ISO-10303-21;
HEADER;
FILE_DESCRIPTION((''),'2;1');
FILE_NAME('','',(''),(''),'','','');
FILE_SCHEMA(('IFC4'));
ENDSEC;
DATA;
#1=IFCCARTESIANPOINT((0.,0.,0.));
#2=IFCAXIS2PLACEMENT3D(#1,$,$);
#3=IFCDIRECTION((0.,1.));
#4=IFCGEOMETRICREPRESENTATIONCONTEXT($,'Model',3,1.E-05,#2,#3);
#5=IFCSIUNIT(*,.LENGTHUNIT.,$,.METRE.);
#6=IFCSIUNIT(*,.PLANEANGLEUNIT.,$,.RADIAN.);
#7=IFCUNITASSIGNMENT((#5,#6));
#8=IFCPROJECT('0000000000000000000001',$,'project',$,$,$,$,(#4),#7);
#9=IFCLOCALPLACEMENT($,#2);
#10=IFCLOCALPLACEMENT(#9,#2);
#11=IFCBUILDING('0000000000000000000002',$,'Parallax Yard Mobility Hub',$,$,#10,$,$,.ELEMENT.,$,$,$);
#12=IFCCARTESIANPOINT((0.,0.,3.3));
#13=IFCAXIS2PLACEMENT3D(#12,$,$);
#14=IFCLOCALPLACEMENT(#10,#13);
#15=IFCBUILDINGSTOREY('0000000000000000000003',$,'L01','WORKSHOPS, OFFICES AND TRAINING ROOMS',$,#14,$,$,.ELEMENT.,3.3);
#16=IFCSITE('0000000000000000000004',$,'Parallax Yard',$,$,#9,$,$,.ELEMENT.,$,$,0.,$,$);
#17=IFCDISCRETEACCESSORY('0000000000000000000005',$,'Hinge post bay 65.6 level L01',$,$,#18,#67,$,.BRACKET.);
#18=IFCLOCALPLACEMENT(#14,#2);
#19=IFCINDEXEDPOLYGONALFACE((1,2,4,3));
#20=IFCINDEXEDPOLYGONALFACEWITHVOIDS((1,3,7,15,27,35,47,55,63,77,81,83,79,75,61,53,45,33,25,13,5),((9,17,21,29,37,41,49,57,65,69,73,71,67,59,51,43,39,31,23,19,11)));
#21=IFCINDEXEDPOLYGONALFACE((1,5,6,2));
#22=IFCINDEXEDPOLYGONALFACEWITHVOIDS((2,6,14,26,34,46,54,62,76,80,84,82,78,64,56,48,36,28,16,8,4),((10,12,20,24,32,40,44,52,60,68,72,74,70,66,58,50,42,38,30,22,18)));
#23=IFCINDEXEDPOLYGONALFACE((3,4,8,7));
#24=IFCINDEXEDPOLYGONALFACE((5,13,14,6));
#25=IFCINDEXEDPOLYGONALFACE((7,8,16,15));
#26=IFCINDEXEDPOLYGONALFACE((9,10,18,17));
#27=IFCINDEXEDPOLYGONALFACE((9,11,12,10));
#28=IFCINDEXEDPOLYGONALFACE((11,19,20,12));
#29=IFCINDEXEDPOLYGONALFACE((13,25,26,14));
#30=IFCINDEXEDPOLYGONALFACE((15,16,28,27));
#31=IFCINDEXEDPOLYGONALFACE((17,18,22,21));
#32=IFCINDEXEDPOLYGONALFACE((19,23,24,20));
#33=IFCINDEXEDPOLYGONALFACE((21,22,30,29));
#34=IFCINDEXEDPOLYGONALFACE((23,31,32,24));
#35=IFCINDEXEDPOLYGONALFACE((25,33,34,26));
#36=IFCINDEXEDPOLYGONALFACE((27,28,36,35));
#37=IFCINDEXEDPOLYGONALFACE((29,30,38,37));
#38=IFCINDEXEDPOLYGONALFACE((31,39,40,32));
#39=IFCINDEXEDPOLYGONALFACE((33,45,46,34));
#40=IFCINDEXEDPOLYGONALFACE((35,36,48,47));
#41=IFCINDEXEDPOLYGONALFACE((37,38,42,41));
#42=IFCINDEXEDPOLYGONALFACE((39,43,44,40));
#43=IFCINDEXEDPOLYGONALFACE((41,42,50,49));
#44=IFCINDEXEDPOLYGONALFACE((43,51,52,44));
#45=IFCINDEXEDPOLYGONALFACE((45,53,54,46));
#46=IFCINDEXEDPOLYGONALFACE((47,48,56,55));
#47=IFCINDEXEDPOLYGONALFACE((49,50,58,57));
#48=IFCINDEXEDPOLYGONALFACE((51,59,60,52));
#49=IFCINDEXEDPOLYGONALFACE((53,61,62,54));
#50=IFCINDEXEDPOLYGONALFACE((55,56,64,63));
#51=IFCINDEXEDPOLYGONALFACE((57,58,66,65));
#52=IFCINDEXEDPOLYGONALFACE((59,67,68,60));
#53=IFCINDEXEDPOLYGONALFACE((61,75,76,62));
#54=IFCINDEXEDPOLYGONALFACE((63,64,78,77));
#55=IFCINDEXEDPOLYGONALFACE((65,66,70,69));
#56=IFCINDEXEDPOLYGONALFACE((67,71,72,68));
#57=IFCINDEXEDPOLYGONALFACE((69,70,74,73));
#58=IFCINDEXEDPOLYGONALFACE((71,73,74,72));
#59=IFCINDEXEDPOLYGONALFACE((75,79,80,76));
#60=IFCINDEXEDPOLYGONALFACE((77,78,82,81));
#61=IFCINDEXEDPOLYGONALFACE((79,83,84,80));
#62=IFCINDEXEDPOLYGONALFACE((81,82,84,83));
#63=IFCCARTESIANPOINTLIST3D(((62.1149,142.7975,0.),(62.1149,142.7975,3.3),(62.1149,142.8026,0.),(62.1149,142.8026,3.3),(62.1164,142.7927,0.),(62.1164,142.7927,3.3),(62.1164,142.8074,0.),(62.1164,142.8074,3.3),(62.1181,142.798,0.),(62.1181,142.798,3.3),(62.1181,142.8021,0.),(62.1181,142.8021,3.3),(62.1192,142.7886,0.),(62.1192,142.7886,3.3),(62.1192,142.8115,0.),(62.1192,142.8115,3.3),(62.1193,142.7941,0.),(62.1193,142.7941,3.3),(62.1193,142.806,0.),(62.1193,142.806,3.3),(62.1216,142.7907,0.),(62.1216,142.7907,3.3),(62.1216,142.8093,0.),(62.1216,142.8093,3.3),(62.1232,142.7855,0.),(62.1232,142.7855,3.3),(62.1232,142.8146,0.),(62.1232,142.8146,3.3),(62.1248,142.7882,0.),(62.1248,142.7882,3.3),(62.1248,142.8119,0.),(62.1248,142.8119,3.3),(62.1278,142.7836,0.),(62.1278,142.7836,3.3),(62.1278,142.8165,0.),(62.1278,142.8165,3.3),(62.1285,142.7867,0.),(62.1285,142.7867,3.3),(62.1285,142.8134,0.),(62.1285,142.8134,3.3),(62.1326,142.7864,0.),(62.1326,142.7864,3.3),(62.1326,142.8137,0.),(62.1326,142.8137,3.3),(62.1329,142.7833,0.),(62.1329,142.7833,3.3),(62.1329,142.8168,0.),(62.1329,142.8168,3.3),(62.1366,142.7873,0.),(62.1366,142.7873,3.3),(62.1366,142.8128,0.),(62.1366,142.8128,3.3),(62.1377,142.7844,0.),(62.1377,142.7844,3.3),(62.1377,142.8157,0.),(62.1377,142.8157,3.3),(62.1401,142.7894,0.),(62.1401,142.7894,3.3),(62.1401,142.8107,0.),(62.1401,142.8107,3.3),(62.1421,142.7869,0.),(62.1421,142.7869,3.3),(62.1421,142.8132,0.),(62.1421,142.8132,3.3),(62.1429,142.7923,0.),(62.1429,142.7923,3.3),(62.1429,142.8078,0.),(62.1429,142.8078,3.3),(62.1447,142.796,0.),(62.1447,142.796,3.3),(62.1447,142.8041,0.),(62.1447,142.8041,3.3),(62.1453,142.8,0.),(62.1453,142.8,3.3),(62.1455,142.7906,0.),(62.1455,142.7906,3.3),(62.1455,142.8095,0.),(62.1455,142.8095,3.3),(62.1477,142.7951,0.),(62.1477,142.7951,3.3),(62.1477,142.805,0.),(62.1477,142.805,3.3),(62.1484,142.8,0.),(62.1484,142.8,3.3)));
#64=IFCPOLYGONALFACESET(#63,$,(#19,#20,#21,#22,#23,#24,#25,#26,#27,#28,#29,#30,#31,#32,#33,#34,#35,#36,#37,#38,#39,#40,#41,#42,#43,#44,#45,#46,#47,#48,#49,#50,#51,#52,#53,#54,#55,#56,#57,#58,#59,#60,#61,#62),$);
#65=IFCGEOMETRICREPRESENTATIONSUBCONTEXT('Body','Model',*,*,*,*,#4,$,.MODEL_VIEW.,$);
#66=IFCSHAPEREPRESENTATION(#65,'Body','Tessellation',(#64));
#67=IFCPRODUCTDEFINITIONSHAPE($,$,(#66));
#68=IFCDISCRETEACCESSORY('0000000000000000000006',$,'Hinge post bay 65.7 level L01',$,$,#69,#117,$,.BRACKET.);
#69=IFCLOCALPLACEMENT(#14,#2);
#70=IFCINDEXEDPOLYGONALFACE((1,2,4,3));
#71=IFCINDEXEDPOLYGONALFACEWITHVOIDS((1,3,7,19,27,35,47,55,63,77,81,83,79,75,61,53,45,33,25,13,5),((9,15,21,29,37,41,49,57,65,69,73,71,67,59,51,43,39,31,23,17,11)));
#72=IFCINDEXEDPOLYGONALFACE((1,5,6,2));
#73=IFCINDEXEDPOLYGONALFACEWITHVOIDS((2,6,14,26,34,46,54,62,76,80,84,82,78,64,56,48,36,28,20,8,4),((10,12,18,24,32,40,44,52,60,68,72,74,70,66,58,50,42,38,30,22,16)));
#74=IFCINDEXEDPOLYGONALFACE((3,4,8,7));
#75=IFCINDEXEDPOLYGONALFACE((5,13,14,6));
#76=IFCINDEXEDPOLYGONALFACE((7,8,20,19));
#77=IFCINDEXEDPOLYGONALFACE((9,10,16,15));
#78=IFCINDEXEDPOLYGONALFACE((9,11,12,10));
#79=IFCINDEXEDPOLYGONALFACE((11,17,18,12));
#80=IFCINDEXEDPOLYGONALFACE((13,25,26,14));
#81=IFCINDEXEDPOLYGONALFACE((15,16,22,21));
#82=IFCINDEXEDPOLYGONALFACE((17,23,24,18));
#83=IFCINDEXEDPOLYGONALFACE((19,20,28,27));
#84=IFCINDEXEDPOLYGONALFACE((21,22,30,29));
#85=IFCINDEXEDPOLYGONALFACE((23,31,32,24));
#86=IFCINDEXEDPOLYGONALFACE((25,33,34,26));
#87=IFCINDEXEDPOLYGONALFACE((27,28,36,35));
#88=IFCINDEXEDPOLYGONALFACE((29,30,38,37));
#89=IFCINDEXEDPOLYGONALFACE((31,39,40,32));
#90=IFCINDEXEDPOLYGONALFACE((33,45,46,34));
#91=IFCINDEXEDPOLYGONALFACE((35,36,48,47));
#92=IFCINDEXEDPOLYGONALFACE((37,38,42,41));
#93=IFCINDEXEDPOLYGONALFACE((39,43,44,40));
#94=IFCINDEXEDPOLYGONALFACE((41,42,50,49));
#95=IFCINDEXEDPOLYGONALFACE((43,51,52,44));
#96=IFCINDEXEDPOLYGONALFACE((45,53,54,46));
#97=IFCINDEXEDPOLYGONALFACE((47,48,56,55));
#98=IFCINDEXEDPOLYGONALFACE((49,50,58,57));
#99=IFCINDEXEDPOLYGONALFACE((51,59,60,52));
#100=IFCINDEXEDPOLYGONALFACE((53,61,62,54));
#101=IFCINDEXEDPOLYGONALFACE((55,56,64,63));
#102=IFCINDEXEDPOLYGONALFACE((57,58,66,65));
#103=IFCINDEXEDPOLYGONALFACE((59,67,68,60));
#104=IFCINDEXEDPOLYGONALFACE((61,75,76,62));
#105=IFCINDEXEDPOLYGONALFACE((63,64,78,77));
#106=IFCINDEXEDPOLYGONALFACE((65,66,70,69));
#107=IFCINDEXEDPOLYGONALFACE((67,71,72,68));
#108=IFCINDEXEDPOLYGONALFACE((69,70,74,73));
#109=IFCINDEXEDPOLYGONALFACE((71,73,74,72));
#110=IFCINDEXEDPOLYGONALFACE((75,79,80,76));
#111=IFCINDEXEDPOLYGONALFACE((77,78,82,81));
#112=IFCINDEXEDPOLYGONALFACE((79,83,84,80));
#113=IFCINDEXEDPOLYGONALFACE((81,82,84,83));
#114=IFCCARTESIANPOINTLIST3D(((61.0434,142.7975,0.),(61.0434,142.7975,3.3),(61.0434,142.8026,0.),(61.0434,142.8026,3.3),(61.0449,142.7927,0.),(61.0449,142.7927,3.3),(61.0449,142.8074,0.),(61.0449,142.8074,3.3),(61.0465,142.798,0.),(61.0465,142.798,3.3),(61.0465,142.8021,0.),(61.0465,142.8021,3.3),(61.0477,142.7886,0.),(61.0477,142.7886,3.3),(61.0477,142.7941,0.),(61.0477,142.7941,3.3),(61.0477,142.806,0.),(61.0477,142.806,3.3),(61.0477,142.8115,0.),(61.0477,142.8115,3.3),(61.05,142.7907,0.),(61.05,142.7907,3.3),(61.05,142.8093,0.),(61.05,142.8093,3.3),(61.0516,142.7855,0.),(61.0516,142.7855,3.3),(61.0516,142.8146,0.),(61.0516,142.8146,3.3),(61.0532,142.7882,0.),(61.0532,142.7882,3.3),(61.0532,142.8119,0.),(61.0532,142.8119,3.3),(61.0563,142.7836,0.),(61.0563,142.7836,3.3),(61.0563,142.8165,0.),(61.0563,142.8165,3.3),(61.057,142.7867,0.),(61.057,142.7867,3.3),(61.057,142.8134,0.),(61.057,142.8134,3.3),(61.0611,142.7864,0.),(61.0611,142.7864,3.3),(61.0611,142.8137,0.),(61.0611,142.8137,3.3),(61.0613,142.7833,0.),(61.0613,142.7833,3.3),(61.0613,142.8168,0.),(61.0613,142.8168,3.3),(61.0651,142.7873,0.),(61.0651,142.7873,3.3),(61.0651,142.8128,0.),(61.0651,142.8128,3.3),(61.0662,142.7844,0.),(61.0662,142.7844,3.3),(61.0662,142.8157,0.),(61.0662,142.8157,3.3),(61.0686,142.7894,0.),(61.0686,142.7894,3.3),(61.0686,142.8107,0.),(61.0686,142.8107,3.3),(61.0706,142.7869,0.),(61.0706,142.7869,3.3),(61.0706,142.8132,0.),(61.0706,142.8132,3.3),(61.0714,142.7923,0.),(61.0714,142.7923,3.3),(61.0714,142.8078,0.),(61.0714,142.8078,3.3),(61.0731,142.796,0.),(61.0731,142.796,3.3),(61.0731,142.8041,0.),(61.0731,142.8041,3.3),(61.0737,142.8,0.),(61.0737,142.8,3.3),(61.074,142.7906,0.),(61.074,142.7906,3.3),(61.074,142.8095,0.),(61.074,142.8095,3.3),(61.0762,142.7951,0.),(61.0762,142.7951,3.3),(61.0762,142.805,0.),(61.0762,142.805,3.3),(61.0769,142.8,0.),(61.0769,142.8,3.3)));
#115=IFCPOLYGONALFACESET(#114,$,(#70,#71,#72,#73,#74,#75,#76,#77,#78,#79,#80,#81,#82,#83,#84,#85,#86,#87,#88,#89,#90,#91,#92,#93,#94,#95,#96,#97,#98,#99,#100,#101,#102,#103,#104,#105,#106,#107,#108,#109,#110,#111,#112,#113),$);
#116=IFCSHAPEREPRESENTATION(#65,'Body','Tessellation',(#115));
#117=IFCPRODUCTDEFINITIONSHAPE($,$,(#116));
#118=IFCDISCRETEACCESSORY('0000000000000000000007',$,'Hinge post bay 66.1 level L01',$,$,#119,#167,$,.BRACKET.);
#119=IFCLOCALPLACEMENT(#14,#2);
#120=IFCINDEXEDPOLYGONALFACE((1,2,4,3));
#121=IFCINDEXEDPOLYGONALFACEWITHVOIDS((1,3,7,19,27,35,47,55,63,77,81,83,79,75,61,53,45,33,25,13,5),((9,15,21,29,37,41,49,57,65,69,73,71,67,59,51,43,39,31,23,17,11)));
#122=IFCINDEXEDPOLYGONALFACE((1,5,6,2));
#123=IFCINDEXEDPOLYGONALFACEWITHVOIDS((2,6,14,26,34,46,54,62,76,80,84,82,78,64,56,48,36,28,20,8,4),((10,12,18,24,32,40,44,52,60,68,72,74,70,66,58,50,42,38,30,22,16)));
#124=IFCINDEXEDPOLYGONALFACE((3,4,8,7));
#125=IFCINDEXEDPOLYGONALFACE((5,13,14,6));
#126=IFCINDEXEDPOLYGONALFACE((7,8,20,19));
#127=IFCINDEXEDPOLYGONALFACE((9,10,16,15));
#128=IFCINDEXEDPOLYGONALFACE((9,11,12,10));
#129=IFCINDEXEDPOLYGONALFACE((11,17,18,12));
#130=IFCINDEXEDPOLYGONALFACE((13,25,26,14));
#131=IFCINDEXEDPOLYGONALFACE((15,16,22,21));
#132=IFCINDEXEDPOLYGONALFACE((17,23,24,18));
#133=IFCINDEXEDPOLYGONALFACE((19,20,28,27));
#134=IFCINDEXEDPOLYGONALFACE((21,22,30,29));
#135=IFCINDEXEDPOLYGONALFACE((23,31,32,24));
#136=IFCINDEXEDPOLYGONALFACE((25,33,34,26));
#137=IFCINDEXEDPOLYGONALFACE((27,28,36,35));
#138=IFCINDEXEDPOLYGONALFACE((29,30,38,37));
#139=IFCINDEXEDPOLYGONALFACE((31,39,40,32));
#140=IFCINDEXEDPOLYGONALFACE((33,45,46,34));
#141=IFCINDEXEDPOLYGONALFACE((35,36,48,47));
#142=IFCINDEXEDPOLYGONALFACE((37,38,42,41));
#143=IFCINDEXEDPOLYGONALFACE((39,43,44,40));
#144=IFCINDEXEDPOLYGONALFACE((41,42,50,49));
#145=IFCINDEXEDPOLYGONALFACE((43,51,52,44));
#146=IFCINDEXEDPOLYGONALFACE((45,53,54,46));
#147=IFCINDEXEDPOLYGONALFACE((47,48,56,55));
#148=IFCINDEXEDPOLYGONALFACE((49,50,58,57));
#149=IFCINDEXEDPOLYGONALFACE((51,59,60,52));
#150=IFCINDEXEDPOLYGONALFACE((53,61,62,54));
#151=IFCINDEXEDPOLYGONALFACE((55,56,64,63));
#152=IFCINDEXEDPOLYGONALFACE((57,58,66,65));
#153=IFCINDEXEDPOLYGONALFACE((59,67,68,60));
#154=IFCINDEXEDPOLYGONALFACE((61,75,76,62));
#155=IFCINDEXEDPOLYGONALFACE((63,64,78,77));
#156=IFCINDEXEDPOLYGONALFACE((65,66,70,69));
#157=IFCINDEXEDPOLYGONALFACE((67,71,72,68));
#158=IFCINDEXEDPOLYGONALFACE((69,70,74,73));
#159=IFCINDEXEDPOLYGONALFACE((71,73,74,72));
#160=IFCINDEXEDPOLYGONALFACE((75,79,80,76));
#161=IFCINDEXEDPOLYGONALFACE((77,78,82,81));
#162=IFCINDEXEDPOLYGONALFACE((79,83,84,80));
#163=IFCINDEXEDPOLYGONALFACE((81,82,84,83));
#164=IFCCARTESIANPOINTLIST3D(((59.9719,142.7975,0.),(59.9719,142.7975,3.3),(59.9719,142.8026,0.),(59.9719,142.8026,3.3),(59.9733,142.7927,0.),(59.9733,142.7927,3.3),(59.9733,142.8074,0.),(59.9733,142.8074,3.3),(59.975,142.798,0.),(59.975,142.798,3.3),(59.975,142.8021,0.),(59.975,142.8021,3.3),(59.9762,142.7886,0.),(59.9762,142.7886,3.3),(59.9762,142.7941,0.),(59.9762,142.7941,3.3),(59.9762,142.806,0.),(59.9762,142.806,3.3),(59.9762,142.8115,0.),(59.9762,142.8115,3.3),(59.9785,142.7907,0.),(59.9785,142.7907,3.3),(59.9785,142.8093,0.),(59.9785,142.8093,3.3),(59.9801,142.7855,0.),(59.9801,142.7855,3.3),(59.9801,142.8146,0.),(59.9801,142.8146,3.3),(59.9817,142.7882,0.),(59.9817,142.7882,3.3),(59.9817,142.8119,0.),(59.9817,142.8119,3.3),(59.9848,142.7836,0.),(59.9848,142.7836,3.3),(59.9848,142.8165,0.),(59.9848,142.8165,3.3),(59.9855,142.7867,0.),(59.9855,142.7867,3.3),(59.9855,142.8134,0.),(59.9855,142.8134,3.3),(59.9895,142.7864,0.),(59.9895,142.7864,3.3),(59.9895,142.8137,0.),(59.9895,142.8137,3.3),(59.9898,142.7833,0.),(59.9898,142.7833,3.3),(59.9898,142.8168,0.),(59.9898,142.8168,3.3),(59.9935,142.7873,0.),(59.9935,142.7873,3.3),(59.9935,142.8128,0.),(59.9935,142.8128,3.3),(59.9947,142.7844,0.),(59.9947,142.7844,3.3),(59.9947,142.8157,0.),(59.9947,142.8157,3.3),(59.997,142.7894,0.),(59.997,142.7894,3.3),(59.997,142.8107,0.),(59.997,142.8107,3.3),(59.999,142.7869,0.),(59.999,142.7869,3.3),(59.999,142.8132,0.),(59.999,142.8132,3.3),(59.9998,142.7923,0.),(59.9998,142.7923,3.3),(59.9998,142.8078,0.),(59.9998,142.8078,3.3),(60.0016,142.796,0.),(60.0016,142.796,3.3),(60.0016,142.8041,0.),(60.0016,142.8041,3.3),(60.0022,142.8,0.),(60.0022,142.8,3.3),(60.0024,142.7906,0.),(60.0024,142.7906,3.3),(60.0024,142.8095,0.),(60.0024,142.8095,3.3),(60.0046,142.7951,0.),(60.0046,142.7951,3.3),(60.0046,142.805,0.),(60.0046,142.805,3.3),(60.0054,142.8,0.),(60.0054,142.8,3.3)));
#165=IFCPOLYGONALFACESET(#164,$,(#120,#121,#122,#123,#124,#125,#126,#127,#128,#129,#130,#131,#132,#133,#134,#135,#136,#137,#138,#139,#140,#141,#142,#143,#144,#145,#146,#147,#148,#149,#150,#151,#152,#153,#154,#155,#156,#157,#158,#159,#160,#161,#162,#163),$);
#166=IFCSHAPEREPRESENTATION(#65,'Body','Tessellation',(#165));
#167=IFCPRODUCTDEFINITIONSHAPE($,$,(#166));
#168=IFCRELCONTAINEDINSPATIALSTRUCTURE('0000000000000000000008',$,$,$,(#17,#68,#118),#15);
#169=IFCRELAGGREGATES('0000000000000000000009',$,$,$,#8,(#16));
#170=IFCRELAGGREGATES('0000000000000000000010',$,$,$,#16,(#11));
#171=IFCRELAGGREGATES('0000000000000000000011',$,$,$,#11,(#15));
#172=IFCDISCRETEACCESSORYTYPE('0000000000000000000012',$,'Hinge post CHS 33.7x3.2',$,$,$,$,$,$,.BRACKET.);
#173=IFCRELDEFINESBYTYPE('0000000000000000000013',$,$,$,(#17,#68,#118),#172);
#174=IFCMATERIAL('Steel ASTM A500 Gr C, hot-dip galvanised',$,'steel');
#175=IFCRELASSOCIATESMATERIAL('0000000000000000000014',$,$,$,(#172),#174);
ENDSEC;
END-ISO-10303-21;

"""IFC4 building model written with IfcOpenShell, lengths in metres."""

from ifc_helpers import new_model, si_unit, direction, frame, origin, origin_2d, place, context, subcontext, project, spatial, hollow_circle, extrude, material, material_profile, profile_set, type_object, element, save


model = new_model("IFC4")

# Units and contexts
model_context = context("Model", 3, precision=1e-05, world=origin(), true_north=direction((0.0, 1.0)))
body_context = subcontext(model_context, "Body", "Model", "MODEL_VIEW")
ifc_project = project(units=[si_unit("LENGTHUNIT", "METRE"), si_unit("PLANEANGLEUNIT", "RADIAN")], contexts=[model_context])

# Site, building, storey
site_placement = place(None, origin())
site = spatial("IfcSite", under=ifc_project, at=site_placement, Name="Parallax Yard", CompositionType="ELEMENT", RefElevation=0.0)
building_placement = place(site_placement, origin())
building = spatial("IfcBuilding", under=site, at=building_placement, Name="Parallax Yard Mobility Hub", CompositionType="ELEMENT")
storey_placement = place(building_placement, frame((0.0, 0.0, 3.3)))
storey = spatial("IfcBuildingStorey", under=building, at=storey_placement, Name="L01", Description="WORKSHOPS, OFFICES AND TRAINING ROOMS", CompositionType="ELEMENT", Elevation=3.3)

# Discrete accessories
ifc_material_1 = material(Name="Steel ASTM A500 Gr C, hot-dip galvanised", Category="steel")
ifc_material_profile = material_profile(ifc_material_1, hollow_circle(Radius=0.0168, WallThickness=0.0032, at=origin_2d()), Name="CHS 33.7x3.2")
ifc_profile_set = profile_set([ifc_material_profile], Name="Steel ASTM A500 Gr C, hot-dip galvanised")
discrete_accessory_type_1 = type_object("IfcDiscreteAccessoryType", Name="Hinge post CHS 33.7x3.2", PredefinedType="BRACKET", material=ifc_profile_set)
for number, where, z_axis, x_axis, name in (
    (1, (62.1316, 142.8, 0.0), (0.0, 0.0, 1.0), (1.0, 0.0, 0.0), "Hinge post bay 65.6 level L01"),
    (2, (61.0601, 142.8, 0.0), (0.0, 0.0, 1.0), (1.0, 0.0, 0.0), "Hinge post bay 65.7 level L01"),
    (3, (59.9885, 142.8, 0.0), (0.0, 0.0, 1.0), (1.0, 0.0, 0.0), "Hinge post bay 66.1 level L01"),
):
    element("IfcDiscreteAccessory", number, at=place(storey_placement, frame(where, z_axis=z_axis, x_axis=x_axis)), inside=storey, type_object=discrete_accessory_type_1, Name=name, PredefinedType="BRACKET", context=body_context, shape_type="SweptSolid", body=[
        extrude(hollow_circle(Radius=0.0168, WallThickness=0.0032, at=origin_2d()), origin(), (0.0, 0.0, 1.0), 3.3),
    ])

save(model, "model.ifc")
